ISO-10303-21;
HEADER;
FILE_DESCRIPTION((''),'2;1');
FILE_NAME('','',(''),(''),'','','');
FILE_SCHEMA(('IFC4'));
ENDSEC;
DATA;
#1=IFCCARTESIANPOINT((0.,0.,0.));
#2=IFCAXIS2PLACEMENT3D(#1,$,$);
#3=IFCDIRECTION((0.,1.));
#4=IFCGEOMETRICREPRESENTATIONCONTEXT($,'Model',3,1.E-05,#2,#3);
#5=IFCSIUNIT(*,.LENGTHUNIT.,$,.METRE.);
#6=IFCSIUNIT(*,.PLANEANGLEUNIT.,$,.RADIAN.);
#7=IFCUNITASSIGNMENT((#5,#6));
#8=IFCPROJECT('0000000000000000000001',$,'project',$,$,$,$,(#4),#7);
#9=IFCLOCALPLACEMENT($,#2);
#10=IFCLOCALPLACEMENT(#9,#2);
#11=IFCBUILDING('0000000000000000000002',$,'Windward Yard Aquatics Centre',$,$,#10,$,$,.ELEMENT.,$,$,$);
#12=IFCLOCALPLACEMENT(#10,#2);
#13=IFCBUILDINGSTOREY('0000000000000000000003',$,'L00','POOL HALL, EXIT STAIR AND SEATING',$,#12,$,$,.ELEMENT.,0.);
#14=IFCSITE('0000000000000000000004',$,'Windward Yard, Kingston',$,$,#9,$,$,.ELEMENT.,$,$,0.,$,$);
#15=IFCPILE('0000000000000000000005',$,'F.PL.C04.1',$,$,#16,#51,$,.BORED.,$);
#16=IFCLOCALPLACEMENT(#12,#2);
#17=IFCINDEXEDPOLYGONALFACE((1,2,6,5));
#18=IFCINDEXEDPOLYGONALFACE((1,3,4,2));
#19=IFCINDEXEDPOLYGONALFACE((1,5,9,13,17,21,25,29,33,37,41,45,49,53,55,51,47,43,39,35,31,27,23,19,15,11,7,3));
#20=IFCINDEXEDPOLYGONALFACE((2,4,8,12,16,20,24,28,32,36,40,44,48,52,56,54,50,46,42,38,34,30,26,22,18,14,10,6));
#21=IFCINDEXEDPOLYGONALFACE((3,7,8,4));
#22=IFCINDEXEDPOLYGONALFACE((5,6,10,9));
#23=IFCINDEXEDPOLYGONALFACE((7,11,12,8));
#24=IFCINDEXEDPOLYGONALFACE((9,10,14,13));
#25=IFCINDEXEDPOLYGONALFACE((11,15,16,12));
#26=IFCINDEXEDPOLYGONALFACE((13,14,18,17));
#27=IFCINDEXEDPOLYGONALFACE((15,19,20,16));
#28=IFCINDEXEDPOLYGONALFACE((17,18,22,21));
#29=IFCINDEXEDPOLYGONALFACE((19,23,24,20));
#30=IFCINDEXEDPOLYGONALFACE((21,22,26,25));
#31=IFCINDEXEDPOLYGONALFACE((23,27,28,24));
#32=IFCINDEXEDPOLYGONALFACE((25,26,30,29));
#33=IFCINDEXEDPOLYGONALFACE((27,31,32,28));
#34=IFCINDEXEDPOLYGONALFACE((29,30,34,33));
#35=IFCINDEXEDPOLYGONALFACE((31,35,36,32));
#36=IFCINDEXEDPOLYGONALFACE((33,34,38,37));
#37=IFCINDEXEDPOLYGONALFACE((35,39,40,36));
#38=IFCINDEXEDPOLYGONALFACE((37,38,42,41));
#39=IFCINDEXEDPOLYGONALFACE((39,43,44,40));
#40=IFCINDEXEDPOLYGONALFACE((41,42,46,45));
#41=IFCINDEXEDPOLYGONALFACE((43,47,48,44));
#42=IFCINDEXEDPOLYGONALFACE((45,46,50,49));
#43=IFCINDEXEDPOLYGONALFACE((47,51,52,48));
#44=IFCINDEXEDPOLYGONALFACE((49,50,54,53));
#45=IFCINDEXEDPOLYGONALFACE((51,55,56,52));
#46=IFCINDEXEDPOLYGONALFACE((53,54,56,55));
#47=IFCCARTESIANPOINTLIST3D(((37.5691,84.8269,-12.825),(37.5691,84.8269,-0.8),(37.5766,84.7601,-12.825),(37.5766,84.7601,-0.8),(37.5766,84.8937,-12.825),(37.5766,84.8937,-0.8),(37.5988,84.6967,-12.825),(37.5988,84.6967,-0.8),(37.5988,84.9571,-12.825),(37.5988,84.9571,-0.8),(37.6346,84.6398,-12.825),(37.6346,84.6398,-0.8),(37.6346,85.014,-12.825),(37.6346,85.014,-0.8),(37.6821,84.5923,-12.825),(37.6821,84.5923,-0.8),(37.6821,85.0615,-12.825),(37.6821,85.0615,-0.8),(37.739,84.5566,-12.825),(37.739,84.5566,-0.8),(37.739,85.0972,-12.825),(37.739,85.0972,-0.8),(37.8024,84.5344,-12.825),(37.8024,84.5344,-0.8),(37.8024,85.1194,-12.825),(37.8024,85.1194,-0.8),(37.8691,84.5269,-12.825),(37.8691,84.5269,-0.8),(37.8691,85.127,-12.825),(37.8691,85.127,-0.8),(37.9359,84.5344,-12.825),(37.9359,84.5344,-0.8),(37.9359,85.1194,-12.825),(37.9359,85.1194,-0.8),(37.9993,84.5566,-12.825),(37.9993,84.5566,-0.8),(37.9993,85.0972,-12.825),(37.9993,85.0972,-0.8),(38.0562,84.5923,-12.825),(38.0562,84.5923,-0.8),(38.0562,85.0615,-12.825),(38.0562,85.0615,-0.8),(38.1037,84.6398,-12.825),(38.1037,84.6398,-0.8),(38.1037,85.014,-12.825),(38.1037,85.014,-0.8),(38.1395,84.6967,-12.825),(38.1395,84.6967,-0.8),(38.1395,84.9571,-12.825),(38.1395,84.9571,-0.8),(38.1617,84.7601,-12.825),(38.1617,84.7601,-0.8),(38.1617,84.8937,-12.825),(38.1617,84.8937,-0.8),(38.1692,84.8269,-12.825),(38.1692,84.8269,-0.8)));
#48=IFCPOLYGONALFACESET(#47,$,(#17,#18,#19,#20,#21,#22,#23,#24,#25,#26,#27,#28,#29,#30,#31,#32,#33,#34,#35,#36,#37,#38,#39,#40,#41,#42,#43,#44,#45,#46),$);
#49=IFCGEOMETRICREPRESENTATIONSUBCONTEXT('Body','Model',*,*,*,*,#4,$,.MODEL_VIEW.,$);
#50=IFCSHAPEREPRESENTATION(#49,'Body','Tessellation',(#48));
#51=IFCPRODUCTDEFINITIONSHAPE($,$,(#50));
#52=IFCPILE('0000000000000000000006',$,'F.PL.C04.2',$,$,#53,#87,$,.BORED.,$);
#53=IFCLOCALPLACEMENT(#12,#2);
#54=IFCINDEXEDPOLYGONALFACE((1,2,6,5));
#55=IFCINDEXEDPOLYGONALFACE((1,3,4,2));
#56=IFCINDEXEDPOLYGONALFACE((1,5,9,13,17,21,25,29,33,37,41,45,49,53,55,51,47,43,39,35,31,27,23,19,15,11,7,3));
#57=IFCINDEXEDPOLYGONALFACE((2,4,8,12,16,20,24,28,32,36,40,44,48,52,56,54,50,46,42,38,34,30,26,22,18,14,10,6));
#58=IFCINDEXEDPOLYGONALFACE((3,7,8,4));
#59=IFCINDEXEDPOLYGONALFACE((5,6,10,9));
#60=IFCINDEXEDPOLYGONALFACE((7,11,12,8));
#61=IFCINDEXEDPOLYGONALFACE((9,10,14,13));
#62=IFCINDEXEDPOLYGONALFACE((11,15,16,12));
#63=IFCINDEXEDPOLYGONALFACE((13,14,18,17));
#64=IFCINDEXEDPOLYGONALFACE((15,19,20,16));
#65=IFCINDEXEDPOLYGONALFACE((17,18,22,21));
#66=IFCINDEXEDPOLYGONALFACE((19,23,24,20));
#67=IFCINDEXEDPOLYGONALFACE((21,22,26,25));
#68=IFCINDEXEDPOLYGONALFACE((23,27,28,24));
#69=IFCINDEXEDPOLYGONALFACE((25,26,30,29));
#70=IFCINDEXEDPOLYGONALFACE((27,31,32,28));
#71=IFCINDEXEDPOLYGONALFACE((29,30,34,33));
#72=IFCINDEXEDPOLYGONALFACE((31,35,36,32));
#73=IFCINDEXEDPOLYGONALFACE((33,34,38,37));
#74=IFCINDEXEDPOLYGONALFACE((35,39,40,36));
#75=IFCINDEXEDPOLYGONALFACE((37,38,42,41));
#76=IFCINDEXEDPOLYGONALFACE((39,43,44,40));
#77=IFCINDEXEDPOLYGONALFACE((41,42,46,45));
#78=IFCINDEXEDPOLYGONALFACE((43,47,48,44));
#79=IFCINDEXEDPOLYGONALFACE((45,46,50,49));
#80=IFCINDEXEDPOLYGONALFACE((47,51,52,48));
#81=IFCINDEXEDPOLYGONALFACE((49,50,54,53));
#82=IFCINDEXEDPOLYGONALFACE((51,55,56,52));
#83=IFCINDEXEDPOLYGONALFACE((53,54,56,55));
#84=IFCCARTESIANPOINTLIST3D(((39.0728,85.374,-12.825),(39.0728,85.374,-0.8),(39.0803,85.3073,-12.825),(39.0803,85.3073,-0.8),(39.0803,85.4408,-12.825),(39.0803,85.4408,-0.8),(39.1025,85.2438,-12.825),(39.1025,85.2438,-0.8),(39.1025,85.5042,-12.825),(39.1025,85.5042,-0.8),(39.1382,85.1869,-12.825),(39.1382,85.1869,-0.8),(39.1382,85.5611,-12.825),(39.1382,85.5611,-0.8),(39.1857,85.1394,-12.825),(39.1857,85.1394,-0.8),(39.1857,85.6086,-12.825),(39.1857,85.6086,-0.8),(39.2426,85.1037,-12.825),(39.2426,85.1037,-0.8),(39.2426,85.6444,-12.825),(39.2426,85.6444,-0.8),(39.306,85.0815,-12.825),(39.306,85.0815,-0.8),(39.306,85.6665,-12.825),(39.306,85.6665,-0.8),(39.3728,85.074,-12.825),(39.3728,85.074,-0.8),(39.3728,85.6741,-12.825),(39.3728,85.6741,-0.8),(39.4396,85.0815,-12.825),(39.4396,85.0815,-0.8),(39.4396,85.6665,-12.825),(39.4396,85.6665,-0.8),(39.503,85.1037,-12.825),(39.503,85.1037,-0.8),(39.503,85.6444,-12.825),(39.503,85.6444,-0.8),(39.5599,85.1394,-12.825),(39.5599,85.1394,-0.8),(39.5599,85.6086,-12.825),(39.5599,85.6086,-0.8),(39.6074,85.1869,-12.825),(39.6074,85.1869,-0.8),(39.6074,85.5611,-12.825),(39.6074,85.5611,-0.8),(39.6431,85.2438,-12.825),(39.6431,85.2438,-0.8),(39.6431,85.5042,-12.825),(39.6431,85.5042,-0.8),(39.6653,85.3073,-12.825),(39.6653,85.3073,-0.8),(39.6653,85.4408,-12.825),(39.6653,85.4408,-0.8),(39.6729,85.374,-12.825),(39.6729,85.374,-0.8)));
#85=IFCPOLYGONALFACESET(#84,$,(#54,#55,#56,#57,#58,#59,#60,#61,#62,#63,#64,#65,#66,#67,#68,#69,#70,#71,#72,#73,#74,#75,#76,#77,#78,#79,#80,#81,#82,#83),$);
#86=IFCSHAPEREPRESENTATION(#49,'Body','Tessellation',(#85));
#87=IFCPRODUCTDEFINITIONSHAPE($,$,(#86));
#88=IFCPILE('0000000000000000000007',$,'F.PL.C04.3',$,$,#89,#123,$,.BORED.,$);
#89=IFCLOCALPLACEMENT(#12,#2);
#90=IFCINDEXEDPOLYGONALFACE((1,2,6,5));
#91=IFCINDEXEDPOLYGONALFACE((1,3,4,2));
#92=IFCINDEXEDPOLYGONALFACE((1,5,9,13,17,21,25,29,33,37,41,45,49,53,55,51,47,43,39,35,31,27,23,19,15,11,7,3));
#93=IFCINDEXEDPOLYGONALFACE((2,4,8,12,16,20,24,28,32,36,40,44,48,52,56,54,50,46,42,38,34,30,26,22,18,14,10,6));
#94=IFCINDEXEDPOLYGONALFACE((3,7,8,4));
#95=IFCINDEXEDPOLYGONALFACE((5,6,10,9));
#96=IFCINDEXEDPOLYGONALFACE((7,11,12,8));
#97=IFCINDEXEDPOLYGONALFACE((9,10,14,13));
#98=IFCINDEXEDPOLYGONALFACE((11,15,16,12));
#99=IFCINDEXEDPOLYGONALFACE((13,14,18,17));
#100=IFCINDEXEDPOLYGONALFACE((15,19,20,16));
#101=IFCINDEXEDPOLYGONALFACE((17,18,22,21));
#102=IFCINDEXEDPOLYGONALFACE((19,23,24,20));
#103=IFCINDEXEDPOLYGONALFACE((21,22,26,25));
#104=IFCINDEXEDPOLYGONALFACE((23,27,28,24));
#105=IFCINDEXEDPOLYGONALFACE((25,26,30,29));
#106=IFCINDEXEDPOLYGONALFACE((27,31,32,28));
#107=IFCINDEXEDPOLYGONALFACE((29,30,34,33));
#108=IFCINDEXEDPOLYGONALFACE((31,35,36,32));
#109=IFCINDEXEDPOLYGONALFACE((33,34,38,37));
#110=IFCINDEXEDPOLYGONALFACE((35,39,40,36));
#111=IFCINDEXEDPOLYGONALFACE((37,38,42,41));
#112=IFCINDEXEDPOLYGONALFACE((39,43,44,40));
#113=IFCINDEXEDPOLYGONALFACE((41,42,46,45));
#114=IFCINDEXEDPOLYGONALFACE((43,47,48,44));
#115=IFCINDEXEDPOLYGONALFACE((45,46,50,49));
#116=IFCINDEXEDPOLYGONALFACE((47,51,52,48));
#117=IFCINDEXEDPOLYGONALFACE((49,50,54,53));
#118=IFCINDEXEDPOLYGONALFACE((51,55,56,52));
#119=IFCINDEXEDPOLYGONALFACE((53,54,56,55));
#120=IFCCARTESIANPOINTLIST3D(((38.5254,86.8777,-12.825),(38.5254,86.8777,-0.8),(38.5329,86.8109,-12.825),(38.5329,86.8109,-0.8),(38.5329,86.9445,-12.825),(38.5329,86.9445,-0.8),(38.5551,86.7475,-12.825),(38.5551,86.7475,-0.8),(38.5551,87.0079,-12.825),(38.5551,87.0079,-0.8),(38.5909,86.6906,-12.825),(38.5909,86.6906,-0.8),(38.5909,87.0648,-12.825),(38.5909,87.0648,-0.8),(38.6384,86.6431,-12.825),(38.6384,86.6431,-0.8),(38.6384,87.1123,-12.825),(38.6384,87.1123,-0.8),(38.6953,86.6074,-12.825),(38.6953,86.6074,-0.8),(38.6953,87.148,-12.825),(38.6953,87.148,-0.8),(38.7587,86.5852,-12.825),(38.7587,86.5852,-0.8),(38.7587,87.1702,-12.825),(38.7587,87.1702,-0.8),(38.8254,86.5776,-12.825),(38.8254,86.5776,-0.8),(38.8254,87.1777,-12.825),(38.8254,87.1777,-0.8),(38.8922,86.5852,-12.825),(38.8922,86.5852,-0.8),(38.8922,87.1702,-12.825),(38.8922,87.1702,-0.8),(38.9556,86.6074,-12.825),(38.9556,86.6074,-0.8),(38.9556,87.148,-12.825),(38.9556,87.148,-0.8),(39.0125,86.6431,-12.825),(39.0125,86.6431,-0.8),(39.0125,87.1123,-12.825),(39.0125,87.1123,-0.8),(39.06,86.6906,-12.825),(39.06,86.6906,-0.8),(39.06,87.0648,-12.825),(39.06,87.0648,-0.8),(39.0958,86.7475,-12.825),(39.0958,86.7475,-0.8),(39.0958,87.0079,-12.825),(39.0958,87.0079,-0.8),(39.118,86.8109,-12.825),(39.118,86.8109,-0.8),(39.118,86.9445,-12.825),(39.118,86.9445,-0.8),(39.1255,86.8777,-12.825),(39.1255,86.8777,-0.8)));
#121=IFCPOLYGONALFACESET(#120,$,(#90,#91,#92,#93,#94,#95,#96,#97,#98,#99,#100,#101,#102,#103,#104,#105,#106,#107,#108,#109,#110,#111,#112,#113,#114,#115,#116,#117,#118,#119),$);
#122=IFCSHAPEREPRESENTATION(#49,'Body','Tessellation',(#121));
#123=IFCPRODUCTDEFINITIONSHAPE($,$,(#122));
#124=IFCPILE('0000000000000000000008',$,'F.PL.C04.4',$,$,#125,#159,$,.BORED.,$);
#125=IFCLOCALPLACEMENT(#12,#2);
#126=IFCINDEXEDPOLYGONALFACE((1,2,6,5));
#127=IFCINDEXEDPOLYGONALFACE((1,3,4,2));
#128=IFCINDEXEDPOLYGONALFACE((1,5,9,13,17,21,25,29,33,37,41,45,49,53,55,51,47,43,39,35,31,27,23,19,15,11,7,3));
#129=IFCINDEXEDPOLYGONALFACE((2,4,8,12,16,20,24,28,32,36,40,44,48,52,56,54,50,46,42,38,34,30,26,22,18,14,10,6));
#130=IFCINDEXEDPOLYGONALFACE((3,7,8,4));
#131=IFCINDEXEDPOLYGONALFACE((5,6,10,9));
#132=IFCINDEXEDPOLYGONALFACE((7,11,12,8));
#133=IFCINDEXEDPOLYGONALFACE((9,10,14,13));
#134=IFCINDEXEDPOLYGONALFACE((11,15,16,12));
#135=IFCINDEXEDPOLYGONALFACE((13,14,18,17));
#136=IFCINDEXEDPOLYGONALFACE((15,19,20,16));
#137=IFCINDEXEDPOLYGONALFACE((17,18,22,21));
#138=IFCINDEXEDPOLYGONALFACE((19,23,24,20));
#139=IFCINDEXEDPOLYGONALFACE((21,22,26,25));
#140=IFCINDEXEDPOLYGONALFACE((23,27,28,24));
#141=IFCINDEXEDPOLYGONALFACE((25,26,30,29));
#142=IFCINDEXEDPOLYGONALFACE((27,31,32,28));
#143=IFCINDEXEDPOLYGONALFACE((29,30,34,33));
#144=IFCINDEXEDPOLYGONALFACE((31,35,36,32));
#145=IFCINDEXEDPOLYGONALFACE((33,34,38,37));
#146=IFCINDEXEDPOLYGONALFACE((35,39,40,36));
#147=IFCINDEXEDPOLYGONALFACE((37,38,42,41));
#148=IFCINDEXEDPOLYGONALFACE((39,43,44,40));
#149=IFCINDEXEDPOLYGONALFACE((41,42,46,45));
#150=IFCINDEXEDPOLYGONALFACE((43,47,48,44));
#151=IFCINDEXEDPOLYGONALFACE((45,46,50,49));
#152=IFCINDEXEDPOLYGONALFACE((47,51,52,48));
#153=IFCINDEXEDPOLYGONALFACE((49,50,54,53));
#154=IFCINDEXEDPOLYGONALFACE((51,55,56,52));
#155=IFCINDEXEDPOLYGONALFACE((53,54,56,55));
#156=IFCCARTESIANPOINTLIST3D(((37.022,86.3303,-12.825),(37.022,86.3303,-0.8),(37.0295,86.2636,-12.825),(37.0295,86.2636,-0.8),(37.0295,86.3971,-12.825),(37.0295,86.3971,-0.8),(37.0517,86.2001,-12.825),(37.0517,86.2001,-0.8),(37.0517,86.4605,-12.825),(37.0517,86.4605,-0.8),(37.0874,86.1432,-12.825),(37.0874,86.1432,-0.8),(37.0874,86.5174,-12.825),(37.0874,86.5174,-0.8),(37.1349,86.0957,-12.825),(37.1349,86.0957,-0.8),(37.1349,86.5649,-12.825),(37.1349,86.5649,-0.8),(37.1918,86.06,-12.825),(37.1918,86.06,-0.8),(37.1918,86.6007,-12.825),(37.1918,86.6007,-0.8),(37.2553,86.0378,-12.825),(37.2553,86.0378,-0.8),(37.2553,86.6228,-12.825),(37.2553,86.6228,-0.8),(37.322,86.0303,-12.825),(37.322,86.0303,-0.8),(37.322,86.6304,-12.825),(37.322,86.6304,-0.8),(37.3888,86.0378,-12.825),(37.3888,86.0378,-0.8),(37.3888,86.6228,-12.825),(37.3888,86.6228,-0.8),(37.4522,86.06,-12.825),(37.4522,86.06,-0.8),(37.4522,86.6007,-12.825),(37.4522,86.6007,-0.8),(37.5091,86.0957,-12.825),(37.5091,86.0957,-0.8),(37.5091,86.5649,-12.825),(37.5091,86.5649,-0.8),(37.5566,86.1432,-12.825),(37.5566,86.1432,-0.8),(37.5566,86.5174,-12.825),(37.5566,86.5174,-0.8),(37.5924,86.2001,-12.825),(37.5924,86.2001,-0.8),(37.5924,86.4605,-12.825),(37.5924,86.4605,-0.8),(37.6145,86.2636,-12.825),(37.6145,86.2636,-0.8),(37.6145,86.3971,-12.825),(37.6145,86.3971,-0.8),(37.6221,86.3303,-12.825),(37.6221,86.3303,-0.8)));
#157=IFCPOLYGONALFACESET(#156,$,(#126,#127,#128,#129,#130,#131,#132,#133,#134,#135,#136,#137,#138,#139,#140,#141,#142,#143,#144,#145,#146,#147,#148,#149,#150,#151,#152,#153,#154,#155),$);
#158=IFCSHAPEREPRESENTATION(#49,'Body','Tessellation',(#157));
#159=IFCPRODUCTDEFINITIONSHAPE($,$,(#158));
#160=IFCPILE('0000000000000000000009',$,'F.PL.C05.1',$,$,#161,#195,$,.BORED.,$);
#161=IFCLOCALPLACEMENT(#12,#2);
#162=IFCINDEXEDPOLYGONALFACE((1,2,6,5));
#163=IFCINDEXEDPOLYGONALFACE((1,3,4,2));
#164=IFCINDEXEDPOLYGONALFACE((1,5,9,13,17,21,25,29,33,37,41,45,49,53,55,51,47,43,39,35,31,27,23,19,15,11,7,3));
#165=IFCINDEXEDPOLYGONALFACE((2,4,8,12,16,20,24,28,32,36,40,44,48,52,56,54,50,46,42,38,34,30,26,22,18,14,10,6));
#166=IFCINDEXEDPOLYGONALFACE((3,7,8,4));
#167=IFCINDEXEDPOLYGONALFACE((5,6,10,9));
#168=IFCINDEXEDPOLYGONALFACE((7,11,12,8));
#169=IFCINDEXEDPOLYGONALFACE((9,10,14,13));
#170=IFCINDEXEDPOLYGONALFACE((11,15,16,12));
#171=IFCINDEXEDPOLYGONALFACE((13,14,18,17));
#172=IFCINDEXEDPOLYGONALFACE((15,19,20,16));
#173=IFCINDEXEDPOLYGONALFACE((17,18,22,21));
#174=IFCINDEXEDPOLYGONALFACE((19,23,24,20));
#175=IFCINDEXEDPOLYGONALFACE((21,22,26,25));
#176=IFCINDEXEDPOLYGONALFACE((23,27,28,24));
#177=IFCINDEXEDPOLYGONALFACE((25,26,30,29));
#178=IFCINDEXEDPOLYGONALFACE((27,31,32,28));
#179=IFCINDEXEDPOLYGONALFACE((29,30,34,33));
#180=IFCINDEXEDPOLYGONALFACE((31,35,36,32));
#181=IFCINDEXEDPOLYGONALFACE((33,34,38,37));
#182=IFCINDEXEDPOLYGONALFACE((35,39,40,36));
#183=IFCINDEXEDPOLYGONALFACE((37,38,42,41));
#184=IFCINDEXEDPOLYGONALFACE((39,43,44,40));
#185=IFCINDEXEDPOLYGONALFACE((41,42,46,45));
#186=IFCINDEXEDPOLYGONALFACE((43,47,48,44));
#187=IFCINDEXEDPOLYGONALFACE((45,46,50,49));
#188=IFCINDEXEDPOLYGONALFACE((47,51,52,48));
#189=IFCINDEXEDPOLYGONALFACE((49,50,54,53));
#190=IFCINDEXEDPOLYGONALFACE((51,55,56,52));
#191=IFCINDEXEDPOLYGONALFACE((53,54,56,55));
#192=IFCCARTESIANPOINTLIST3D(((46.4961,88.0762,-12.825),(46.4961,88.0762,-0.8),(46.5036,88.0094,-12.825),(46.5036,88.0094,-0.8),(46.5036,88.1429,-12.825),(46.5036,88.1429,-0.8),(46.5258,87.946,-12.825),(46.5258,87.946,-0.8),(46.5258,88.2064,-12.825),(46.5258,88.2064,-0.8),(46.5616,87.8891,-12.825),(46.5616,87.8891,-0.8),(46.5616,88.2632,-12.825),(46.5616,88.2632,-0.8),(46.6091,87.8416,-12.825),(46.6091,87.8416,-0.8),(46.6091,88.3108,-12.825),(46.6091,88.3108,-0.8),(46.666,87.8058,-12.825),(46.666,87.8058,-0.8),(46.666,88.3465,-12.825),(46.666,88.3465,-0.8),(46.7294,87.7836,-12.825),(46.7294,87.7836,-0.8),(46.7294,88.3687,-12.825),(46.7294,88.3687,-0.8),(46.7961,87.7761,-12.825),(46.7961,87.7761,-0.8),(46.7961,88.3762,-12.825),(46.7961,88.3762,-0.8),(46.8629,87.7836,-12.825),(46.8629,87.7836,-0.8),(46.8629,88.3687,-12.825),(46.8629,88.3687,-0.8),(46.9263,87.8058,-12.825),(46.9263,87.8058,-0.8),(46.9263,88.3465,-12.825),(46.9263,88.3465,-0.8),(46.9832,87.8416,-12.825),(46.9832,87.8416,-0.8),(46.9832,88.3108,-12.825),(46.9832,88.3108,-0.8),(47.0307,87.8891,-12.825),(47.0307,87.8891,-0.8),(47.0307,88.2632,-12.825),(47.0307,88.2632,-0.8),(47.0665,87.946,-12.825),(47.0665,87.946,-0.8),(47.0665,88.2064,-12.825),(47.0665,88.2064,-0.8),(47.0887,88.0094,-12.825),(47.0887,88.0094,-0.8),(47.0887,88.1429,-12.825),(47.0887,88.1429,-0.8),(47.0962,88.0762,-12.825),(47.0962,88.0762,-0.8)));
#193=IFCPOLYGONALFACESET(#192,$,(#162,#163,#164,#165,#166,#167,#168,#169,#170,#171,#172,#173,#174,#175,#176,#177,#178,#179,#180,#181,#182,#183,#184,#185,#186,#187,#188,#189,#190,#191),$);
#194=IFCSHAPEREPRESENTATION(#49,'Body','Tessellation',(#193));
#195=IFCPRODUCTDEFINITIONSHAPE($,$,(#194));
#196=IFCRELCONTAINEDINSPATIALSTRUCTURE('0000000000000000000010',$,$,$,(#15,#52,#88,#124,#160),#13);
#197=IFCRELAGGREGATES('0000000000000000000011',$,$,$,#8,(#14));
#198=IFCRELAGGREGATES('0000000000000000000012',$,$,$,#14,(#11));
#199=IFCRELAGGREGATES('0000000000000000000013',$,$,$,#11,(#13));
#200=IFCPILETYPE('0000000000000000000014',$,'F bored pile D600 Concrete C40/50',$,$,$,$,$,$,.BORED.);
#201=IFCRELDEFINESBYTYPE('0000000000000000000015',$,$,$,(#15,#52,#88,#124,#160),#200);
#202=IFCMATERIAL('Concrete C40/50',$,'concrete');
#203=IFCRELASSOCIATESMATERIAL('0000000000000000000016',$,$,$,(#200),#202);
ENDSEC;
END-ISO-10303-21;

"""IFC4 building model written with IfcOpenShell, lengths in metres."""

from ifc_helpers import new_model, si_unit, direction, frame, origin, origin_2d, place, context, subcontext, project, spatial, circle, extrude, material, material_profile, profile_set, type_object, element, save


model = new_model("IFC4")

# Units and contexts
model_context = context("Model", 3, precision=1e-05, world=origin(), true_north=direction((0.0, 1.0)))
body_context = subcontext(model_context, "Body", "Model", "MODEL_VIEW")
ifc_project = project(units=[si_unit("LENGTHUNIT", "METRE"), si_unit("PLANEANGLEUNIT", "RADIAN")], contexts=[model_context])

# Site, building, storey
site_placement = place(None, origin())
site = spatial("IfcSite", under=ifc_project, at=site_placement, Name="Windward Yard, Kingston", CompositionType="ELEMENT", RefElevation=0.0)
building_placement = place(site_placement, origin())
building = spatial("IfcBuilding", under=site, at=building_placement, Name="Windward Yard Aquatics Centre", CompositionType="ELEMENT")
storey_placement = place(building_placement, origin())
storey = spatial("IfcBuildingStorey", under=building, at=storey_placement, Name="L00", Description="POOL HALL, EXIT STAIR AND SEATING", CompositionType="ELEMENT", Elevation=0.0)

# Piles
ifc_material_1 = material(Name="Concrete C40/50", Category="concrete")
ifc_material_profile_1 = material_profile(ifc_material_1, circle(Radius=0.3, at=origin_2d()), Name="D600")
ifc_profile_set_1 = profile_set([ifc_material_profile_1], Name="Concrete C40/50")
pile_type_1 = type_object("IfcPileType", Name="F bored pile D600 Concrete C40/50", PredefinedType="BORED", material=ifc_profile_set_1)
for number, where, z_axis, x_axis, name in (
    (1, (37.8691, 84.8269, -0.8), (0.0, 0.0, -1.0), (1.0, 0.0, 0.0), "F.PL.C04.1"),
    (2, (39.3728, 85.374, -0.8), (0.0, 0.0, -1.0), (1.0, 0.0, 0.0), "F.PL.C04.2"),
    (3, (38.8254, 86.8777, -0.8), (0.0, 0.0, -1.0), (1.0, 0.0, 0.0), "F.PL.C04.3"),
    (4, (37.322, 86.3303, -0.8), (0.0, 0.0, -1.0), (1.0, 0.0, 0.0), "F.PL.C04.4"),
    (5, (46.7961, 88.0762, -0.8), (0.0, 0.0, -1.0), (1.0, 0.0, 0.0), "F.PL.C05.1"),
):
    element("IfcPile", number, at=place(storey_placement, frame(where, z_axis=z_axis, x_axis=x_axis)), inside=storey, type_object=pile_type_1, Name=name, PredefinedType="BORED", context=body_context, shape_type="SweptSolid", body=[
        extrude(circle(Radius=0.3, at=origin_2d()), origin(), (0.0, 0.0, 1.0), 12.0249),
    ])

save(model, "model.ifc")
